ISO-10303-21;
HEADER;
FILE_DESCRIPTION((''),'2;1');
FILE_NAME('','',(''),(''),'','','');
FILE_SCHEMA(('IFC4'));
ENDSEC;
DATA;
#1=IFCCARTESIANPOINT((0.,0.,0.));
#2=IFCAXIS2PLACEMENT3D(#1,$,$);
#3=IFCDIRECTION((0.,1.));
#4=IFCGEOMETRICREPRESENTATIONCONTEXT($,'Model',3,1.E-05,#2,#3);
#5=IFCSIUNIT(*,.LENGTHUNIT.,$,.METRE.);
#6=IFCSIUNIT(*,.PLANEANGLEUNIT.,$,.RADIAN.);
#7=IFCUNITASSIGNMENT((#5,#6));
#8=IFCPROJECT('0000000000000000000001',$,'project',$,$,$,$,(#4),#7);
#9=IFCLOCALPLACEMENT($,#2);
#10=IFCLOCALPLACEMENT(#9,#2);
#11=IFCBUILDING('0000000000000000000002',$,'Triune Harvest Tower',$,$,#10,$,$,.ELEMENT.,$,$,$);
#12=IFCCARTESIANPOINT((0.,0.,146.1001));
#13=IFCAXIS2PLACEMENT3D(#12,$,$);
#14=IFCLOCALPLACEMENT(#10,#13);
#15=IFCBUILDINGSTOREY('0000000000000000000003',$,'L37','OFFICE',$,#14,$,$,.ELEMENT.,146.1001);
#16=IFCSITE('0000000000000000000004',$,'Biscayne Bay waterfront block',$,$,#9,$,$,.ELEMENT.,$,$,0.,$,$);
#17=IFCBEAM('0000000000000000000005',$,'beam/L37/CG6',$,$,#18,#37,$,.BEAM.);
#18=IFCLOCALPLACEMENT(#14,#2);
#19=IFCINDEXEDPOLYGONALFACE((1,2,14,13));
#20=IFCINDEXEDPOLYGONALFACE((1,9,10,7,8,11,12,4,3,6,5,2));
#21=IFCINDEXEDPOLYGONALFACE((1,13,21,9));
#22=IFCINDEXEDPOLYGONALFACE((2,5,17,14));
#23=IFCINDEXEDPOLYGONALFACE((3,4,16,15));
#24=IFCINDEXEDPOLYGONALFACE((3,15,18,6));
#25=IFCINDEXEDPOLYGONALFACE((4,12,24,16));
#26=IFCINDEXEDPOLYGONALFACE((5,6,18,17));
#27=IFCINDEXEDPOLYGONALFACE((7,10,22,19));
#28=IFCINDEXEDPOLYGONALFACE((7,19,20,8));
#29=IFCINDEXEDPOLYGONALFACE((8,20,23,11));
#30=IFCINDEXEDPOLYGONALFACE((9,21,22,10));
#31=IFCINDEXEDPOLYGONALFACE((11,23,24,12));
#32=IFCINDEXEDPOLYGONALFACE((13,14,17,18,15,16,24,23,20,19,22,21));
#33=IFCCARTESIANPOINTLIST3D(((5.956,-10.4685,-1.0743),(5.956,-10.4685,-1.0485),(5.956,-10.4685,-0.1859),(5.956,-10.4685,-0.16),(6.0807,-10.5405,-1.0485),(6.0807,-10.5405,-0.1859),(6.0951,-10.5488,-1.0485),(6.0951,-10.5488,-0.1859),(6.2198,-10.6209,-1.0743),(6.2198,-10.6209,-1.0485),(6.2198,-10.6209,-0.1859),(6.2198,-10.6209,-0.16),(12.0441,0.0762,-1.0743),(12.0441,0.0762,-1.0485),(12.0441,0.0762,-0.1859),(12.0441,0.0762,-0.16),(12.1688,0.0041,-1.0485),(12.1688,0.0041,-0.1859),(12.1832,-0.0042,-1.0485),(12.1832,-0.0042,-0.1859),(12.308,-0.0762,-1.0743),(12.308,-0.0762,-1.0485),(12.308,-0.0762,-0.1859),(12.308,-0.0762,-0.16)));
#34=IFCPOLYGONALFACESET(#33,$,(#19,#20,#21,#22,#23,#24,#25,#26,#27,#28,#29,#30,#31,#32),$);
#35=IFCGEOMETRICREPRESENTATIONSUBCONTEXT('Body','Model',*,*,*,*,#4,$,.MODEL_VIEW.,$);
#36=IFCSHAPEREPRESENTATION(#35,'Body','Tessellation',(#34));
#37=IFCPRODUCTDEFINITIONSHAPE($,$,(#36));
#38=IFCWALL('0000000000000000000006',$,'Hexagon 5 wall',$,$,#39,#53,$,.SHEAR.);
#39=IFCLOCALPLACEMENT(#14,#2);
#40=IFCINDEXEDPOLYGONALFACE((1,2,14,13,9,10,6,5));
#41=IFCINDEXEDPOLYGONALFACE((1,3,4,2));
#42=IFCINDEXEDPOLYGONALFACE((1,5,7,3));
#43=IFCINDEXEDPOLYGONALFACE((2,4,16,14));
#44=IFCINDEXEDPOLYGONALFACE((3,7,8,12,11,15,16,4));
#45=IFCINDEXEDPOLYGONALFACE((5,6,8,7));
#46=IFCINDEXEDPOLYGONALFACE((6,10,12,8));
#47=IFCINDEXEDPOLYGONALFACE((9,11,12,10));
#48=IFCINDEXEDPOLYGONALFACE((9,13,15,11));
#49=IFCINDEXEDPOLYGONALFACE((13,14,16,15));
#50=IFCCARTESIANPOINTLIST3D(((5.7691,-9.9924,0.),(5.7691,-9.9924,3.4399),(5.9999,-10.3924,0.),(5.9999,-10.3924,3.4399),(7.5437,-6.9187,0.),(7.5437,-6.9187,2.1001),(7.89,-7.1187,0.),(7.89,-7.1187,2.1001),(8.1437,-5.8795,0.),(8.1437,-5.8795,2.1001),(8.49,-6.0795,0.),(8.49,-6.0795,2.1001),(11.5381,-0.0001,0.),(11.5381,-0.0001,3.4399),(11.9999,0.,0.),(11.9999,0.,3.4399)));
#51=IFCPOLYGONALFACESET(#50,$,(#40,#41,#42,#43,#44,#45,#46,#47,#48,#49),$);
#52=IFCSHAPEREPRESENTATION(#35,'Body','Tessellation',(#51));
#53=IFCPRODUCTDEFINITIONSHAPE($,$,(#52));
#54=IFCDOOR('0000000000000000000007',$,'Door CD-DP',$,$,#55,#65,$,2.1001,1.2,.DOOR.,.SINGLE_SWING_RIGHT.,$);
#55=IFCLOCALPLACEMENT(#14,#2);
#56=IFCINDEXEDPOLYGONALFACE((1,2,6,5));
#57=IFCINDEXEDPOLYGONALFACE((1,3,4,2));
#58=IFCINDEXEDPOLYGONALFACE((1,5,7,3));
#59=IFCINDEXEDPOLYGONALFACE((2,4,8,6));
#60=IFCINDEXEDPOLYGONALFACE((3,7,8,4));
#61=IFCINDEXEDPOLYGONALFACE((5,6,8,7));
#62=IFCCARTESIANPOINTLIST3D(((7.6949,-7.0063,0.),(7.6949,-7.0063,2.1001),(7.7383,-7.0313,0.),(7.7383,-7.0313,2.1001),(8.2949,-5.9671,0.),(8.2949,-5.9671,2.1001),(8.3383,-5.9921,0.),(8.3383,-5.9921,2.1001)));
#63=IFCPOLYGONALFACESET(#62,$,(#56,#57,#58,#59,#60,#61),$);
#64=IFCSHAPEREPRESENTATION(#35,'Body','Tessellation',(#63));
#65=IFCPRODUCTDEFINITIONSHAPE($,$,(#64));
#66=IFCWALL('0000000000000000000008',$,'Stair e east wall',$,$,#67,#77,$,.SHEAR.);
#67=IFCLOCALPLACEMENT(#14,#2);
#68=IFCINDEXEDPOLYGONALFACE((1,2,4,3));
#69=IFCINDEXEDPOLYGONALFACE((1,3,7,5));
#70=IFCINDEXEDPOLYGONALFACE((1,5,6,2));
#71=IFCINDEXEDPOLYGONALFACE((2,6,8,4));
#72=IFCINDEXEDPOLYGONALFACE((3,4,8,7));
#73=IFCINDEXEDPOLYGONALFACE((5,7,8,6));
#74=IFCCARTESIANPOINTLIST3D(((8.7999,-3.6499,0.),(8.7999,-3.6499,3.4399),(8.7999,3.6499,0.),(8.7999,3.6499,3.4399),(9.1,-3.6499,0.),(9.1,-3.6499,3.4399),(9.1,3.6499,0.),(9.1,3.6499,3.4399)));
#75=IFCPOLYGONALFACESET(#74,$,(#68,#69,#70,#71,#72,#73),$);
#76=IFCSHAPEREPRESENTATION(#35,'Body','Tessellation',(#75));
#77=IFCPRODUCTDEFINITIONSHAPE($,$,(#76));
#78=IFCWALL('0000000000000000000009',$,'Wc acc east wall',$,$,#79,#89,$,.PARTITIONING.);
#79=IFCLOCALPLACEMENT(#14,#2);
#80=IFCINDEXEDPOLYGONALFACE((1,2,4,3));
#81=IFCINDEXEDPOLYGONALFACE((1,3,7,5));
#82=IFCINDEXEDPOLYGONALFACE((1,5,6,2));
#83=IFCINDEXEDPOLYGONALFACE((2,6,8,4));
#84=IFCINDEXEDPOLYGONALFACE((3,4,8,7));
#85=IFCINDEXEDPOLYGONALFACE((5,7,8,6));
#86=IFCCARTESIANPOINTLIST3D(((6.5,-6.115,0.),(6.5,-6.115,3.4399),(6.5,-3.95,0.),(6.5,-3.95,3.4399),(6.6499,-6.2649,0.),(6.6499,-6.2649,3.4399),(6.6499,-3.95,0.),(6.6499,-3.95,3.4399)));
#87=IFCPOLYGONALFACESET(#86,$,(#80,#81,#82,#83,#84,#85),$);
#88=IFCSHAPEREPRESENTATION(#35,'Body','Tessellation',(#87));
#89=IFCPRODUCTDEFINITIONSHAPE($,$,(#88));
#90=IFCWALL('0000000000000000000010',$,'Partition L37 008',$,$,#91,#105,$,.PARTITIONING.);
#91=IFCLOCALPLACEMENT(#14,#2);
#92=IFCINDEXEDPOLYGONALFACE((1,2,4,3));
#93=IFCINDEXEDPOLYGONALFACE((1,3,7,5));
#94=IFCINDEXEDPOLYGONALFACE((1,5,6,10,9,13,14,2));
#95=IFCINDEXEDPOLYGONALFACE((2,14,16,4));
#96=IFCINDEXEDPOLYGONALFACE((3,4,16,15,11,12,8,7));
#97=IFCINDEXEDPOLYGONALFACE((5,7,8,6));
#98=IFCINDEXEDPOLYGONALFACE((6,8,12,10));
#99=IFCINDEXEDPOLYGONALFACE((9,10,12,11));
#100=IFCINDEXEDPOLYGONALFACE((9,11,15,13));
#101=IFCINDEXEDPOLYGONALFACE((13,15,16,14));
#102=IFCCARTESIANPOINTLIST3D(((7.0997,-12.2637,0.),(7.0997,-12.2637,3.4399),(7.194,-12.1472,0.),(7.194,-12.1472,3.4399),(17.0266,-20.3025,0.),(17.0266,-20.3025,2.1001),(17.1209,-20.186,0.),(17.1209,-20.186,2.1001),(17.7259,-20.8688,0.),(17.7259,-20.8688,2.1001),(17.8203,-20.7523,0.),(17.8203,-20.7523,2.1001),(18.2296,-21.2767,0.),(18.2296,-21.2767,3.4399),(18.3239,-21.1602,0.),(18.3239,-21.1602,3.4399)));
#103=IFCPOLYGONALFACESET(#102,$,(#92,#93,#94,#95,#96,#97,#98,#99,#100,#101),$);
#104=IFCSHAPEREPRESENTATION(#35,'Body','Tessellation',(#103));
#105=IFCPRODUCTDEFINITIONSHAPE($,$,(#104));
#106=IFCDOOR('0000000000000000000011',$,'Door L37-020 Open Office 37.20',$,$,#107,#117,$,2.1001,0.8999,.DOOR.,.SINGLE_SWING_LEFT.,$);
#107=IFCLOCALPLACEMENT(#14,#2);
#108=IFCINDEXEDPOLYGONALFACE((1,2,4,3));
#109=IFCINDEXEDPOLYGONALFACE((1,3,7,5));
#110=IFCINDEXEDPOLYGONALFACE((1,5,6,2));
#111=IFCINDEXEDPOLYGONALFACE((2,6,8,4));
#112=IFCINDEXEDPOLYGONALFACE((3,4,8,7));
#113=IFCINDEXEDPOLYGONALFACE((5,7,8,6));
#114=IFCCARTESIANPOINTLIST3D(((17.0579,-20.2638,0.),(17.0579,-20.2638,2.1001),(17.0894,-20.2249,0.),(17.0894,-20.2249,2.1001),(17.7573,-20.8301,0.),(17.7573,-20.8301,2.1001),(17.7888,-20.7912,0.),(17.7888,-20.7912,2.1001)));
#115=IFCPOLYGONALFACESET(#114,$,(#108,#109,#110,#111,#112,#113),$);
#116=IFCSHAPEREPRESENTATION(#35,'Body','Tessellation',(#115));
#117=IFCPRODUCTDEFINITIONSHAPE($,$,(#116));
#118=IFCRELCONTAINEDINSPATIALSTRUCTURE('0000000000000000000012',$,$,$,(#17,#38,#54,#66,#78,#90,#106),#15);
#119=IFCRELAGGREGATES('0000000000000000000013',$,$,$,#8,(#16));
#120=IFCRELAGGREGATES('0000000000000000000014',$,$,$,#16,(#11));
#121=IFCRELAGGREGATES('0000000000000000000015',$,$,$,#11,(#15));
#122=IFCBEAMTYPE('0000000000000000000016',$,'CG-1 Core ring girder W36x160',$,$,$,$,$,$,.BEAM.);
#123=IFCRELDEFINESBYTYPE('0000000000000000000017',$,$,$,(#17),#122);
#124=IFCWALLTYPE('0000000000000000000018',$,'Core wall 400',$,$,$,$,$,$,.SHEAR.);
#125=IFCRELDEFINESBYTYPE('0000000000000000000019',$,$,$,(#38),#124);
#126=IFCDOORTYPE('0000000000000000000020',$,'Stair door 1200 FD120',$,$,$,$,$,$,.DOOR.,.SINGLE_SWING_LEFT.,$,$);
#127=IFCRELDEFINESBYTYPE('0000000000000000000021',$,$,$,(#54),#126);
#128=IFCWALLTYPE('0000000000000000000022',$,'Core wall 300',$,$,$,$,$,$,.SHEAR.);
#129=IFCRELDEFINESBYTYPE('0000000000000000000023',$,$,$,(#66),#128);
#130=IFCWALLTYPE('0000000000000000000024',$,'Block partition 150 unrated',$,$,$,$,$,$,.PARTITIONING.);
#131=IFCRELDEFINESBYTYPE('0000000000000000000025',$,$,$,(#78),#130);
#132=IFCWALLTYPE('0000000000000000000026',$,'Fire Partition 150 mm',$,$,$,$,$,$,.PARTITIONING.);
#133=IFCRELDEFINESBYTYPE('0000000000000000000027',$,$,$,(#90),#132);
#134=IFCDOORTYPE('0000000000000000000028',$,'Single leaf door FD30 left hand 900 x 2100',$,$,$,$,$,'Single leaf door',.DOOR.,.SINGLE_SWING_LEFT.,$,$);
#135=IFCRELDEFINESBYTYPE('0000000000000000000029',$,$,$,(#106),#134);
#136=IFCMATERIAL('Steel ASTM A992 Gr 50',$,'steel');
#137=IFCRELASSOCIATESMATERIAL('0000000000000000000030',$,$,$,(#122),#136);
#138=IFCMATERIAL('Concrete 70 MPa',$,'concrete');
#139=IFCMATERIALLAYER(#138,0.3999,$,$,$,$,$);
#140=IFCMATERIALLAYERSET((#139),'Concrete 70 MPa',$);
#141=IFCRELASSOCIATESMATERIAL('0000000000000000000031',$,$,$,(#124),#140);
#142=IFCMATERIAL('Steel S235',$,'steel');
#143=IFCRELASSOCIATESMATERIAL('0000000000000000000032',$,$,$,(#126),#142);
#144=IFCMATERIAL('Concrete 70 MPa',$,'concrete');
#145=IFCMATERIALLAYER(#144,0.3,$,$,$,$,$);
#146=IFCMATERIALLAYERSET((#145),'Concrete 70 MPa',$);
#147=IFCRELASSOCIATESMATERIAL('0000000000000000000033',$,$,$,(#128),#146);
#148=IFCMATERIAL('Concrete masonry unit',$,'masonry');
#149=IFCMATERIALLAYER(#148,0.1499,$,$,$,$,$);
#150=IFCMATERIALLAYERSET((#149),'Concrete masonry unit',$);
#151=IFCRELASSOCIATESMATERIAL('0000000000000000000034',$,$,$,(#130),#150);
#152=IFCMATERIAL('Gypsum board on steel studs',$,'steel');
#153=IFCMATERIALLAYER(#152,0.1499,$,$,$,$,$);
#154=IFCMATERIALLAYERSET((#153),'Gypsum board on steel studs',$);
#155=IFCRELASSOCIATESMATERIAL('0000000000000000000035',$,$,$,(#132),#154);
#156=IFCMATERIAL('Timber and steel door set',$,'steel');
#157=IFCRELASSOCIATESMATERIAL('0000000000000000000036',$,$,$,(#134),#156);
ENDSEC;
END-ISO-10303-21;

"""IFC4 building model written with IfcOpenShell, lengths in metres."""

from ifc_helpers import new_model, si_unit, direction, frame, frame_2d, origin, origin_2d, place, context, subcontext, project, spatial, polyline, rectangle, i_section, outline, extrude, source, transform, mapped, material, layer, layer_set, material_profile, profile_set, type_object, element, fill, save


model = new_model("IFC4")

# Units and contexts
model_context = context("Model", 3, precision=1e-05, world=origin(), true_north=direction((0.0, 1.0)))
body_context = subcontext(model_context, "Body", "Model", "MODEL_VIEW")
ifc_project = project(units=[si_unit("LENGTHUNIT", "METRE"), si_unit("PLANEANGLEUNIT", "RADIAN")], contexts=[model_context])

# Site, building, storey
site_placement = place(None, origin())
site = spatial("IfcSite", under=ifc_project, at=site_placement, Name="Biscayne Bay waterfront block", CompositionType="ELEMENT", RefElevation=0.0)
building_placement = place(site_placement, origin())
building = spatial("IfcBuilding", under=site, at=building_placement, Name="Triune Harvest Tower", CompositionType="ELEMENT")
storey_placement = place(building_placement, frame((0.0, 0.0, 146.1001)))
storey = spatial("IfcBuildingStorey", under=building, at=storey_placement, Name="L37", Description="OFFICE", CompositionType="ELEMENT", Elevation=146.1001)

# Beam
ifc_material_1 = material(Name="Steel ASTM A992 Gr 50", Category="steel")
ifc_material_profile = material_profile(ifc_material_1, i_section(OverallWidth=0.3047, OverallDepth=0.9143, WebThickness=0.0166, FlangeThickness=0.0259, at=origin_2d()), Name="W36x160")
ifc_profile_set = profile_set([ifc_material_profile], Name="Steel ASTM A992 Gr 50")
beam_type = type_object("IfcBeamType", Name="CG-1 Core ring girder W36x160", PredefinedType="BEAM", material=ifc_profile_set)
shared_shape_1 = source(origin(), body_context, "Body", "SweptSolid", [
    extrude(i_section(OverallWidth=0.3047, OverallDepth=0.9143, WebThickness=0.0166, FlangeThickness=0.0259, at=origin_2d()), origin(), (0.0, 0.0, 1.0), 12.176),
])
beam_placement = place(storey_placement, frame((6.0879, -10.5447, -0.6172), z_axis=(0.50001, 0.86602, 0.0), x_axis=(-0.86602, 0.50001, 0.0)))
element("IfcBeam", 1, at=beam_placement, inside=storey, type_object=beam_type, Name="beam/L37/CG6", PredefinedType="BEAM", context=body_context, shape_type="MappedRepresentation", body=[
    mapped(shared_shape_1, transform((0.0, 0.0, 0.0), scale=1.0)),
])

# Wall, opening, door
ifc_material_2 = material(Name="Concrete 70 MPa", Category="concrete")
ifc_layer_1 = layer(ifc_material_2, 0.3999)
ifc_layer_set_1 = layer_set([ifc_layer_1], Name="Concrete 70 MPa")
wall_type_1 = type_object("IfcWallType", Name="Core wall 400", PredefinedType="SHEAR", material=ifc_layer_set_1)
shared_shape_2 = source(origin(), body_context, "Body", "SweptSolid", [
    extrude(outline(polyline([(-0.1155, -0.2), (11.8845, -0.2), (11.6536, 0.2), (0.1155, 0.2), (-0.1155, -0.2)])), origin(), (0.0, 0.0, 1.0), 3.4399),
])
wall_1_placement = place(storey_placement, frame((5.8845, -10.1924, 0.0), z_axis=(0.0, 0.0, 1.0), x_axis=(0.499997, 0.866027, 0.0)))
wall_1 = element("IfcWall", 2, at=wall_1_placement, inside=storey, type_object=wall_type_1, Name="Hexagon 5 wall", PredefinedType="SHEAR", context=body_context, shape_type="MappedRepresentation", body=[
    mapped(shared_shape_2, transform((0.0, 0.0, 0.0), scale=1.0)),
])
opening_1_placement = place(wall_1_placement, frame((3.6646, 0.0, 0.0)))
opening_1 = element("IfcOpeningElement", 3, at=opening_1_placement, cuts=wall_1, PredefinedType="OPENING", context=body_context, shape_type="SweptSolid", body=[
    extrude(rectangle(XDim=1.2, YDim=2.1001, at=frame_2d((0.6001, 1.05))), frame((0.0, 0.21, 0.0), z_axis=(0.0, -1.0, 0.0), x_axis=(1.0, 0.0, 0.0)), (0.0, 0.0, 1.0), 0.4199),
])
ifc_material_3 = material(Name="Steel S235", Category="steel")
door_type_1 = type_object("IfcDoorType", Name="Stair door 1200 FD120", OperationType="SINGLE_SWING_LEFT", PredefinedType="DOOR", material=ifc_material_3)
door_1_placement = place(opening_1_placement, frame((1.2, 0.0, 0.0), z_axis=(0.0, 0.0, 1.0), x_axis=(-1.0, 0.0, 0.0)))
door_1 = element("IfcDoor", 4, at=door_1_placement, inside=storey, type_object=door_type_1, Name="Door CD-DP", OperationType="SINGLE_SWING_RIGHT", OverallHeight=2.1001, OverallWidth=1.2, PredefinedType="DOOR", context=body_context, shape_type="SweptSolid", body=[
    extrude(rectangle(XDim=1.2, YDim=2.1001, at=frame_2d((0.6001, 1.05))), frame((0.0, 0.0249, 0.0), z_axis=(0.0, -1.0, 0.0), x_axis=(1.0, 0.0, 0.0)), (0.0, 0.0, 1.0), 0.05),
])
fill(opening_1, door_1)

# Walls
ifc_material_4 = material(Name="Concrete 70 MPa", Category="concrete")
ifc_layer_2 = layer(ifc_material_4, 0.3)
ifc_layer_set_2 = layer_set([ifc_layer_2], Name="Concrete 70 MPa")
wall_type_2 = type_object("IfcWallType", Name="Core wall 300", PredefinedType="SHEAR", material=ifc_layer_set_2)
shared_shape_3 = source(origin(), body_context, "Body", "SweptSolid", [
    extrude(rectangle(XDim=7.2998, YDim=0.3, at=frame_2d((3.6499, 0.0))), origin(), (0.0, 0.0, 1.0), 3.4399),
])
wall_2_placement = place(storey_placement, frame((8.95, -3.6499, 0.0), z_axis=(0.0, 0.0, 1.0), x_axis=(0.0, 1.0, 0.0)))
element("IfcWall", 5, at=wall_2_placement, inside=storey, type_object=wall_type_2, Name="Stair e east wall", PredefinedType="SHEAR", context=body_context, shape_type="MappedRepresentation", body=[
    mapped(shared_shape_3, transform((0.0, 0.0, 0.0), scale=1.0)),
])
ifc_material_5 = material(Name="Concrete masonry unit", Category="masonry")
ifc_layer_3 = layer(ifc_material_5, 0.1499)
ifc_layer_set_3 = layer_set([ifc_layer_3], Name="Concrete masonry unit")
wall_type_3 = type_object("IfcWallType", Name="Block partition 150 unrated", PredefinedType="PARTITIONING", material=ifc_layer_set_3)
shared_shape_4 = source(origin(), body_context, "Body", "SweptSolid", [
    extrude(outline(polyline([(-0.075, -0.075), (2.24, -0.075), (2.24, 0.075), (0.075, 0.075), (-0.075, -0.075)])), origin(), (0.0, 0.0, 1.0), 3.4399),
])
wall_3_placement = place(storey_placement, frame((6.575, -6.1899, 0.0), z_axis=(0.0, 0.0, 1.0), x_axis=(0.0, 1.0, 0.0)))
element("IfcWall", 6, at=wall_3_placement, inside=storey, type_object=wall_type_3, Name="Wc acc east wall", PredefinedType="PARTITIONING", context=body_context, shape_type="MappedRepresentation", body=[
    mapped(shared_shape_4, transform((0.0, 0.0, 0.0), scale=1.0)),
])

# Wall, opening, door
ifc_material_6 = material(Name="Gypsum board on steel studs", Category="steel")
ifc_layer_4 = layer(ifc_material_6, 0.1499)
ifc_layer_set_4 = layer_set([ifc_layer_4], Name="Gypsum board on steel studs")
wall_type_4 = type_object("IfcWallType", Name="Fire Partition 150 mm", PredefinedType="PARTITIONING", material=ifc_layer_set_4)
shared_shape_5 = source(origin(), body_context, "Body", "SweptSolid", [
    extrude(rectangle(XDim=14.3215, YDim=0.1499, at=frame_2d((7.1606, 0.0))), origin(), (0.0, 0.0, 1.0), 3.4399),
])
wall_4_placement = place(storey_placement, frame((7.147, -12.2056, 0.0), z_axis=(0.0, 0.0, 1.0), x_axis=(0.777141, -0.629326, 0.0)))
wall_4 = element("IfcWall", 7, at=wall_4_placement, inside=storey, type_object=wall_type_4, Name="Partition L37 008", PredefinedType="PARTITIONING", context=body_context, shape_type="MappedRepresentation", body=[
    mapped(shared_shape_5, transform((0.0, 0.0, 0.0), scale=1.0)),
])
opening_2_placement = place(wall_4_placement, frame((12.7734, 0.0, 0.0)))
opening_2 = element("IfcOpeningElement", 8, at=opening_2_placement, cuts=wall_4, PredefinedType="OPENING", context=body_context, shape_type="SweptSolid", body=[
    extrude(rectangle(XDim=0.8999, YDim=2.1001, at=frame_2d((0.45, 1.05))), frame((0.0, 0.085, 0.0), z_axis=(0.0, -1.0, 0.0), x_axis=(1.0, 0.0, 0.0)), (0.0, 0.0, 1.0), 0.1699),
])
ifc_material_7 = material(Name="Timber and steel door set", Category="steel")
door_type_2 = type_object("IfcDoorType", Name="Single leaf door FD30 left hand 900 x 2100", ElementType="Single leaf door", OperationType="SINGLE_SWING_LEFT", PredefinedType="DOOR", material=ifc_material_7)
door_2_placement = place(opening_2_placement, origin())
door_2 = element("IfcDoor", 9, at=door_2_placement, inside=storey, type_object=door_type_2, Name="Door L37-020 Open Office 37.20", OperationType="SINGLE_SWING_LEFT", OverallHeight=2.1001, OverallWidth=0.8999, PredefinedType="DOOR", context=body_context, shape_type="SweptSolid", body=[
    extrude(rectangle(XDim=0.8999, YDim=2.1001, at=frame_2d((0.45, 1.05))), frame((0.0, 0.0249, 0.0), z_axis=(0.0, -1.0, 0.0), x_axis=(1.0, 0.0, 0.0)), (0.0, 0.0, 1.0), 0.05),
])
fill(opening_2, door_2)

save(model, "model.ifc")
